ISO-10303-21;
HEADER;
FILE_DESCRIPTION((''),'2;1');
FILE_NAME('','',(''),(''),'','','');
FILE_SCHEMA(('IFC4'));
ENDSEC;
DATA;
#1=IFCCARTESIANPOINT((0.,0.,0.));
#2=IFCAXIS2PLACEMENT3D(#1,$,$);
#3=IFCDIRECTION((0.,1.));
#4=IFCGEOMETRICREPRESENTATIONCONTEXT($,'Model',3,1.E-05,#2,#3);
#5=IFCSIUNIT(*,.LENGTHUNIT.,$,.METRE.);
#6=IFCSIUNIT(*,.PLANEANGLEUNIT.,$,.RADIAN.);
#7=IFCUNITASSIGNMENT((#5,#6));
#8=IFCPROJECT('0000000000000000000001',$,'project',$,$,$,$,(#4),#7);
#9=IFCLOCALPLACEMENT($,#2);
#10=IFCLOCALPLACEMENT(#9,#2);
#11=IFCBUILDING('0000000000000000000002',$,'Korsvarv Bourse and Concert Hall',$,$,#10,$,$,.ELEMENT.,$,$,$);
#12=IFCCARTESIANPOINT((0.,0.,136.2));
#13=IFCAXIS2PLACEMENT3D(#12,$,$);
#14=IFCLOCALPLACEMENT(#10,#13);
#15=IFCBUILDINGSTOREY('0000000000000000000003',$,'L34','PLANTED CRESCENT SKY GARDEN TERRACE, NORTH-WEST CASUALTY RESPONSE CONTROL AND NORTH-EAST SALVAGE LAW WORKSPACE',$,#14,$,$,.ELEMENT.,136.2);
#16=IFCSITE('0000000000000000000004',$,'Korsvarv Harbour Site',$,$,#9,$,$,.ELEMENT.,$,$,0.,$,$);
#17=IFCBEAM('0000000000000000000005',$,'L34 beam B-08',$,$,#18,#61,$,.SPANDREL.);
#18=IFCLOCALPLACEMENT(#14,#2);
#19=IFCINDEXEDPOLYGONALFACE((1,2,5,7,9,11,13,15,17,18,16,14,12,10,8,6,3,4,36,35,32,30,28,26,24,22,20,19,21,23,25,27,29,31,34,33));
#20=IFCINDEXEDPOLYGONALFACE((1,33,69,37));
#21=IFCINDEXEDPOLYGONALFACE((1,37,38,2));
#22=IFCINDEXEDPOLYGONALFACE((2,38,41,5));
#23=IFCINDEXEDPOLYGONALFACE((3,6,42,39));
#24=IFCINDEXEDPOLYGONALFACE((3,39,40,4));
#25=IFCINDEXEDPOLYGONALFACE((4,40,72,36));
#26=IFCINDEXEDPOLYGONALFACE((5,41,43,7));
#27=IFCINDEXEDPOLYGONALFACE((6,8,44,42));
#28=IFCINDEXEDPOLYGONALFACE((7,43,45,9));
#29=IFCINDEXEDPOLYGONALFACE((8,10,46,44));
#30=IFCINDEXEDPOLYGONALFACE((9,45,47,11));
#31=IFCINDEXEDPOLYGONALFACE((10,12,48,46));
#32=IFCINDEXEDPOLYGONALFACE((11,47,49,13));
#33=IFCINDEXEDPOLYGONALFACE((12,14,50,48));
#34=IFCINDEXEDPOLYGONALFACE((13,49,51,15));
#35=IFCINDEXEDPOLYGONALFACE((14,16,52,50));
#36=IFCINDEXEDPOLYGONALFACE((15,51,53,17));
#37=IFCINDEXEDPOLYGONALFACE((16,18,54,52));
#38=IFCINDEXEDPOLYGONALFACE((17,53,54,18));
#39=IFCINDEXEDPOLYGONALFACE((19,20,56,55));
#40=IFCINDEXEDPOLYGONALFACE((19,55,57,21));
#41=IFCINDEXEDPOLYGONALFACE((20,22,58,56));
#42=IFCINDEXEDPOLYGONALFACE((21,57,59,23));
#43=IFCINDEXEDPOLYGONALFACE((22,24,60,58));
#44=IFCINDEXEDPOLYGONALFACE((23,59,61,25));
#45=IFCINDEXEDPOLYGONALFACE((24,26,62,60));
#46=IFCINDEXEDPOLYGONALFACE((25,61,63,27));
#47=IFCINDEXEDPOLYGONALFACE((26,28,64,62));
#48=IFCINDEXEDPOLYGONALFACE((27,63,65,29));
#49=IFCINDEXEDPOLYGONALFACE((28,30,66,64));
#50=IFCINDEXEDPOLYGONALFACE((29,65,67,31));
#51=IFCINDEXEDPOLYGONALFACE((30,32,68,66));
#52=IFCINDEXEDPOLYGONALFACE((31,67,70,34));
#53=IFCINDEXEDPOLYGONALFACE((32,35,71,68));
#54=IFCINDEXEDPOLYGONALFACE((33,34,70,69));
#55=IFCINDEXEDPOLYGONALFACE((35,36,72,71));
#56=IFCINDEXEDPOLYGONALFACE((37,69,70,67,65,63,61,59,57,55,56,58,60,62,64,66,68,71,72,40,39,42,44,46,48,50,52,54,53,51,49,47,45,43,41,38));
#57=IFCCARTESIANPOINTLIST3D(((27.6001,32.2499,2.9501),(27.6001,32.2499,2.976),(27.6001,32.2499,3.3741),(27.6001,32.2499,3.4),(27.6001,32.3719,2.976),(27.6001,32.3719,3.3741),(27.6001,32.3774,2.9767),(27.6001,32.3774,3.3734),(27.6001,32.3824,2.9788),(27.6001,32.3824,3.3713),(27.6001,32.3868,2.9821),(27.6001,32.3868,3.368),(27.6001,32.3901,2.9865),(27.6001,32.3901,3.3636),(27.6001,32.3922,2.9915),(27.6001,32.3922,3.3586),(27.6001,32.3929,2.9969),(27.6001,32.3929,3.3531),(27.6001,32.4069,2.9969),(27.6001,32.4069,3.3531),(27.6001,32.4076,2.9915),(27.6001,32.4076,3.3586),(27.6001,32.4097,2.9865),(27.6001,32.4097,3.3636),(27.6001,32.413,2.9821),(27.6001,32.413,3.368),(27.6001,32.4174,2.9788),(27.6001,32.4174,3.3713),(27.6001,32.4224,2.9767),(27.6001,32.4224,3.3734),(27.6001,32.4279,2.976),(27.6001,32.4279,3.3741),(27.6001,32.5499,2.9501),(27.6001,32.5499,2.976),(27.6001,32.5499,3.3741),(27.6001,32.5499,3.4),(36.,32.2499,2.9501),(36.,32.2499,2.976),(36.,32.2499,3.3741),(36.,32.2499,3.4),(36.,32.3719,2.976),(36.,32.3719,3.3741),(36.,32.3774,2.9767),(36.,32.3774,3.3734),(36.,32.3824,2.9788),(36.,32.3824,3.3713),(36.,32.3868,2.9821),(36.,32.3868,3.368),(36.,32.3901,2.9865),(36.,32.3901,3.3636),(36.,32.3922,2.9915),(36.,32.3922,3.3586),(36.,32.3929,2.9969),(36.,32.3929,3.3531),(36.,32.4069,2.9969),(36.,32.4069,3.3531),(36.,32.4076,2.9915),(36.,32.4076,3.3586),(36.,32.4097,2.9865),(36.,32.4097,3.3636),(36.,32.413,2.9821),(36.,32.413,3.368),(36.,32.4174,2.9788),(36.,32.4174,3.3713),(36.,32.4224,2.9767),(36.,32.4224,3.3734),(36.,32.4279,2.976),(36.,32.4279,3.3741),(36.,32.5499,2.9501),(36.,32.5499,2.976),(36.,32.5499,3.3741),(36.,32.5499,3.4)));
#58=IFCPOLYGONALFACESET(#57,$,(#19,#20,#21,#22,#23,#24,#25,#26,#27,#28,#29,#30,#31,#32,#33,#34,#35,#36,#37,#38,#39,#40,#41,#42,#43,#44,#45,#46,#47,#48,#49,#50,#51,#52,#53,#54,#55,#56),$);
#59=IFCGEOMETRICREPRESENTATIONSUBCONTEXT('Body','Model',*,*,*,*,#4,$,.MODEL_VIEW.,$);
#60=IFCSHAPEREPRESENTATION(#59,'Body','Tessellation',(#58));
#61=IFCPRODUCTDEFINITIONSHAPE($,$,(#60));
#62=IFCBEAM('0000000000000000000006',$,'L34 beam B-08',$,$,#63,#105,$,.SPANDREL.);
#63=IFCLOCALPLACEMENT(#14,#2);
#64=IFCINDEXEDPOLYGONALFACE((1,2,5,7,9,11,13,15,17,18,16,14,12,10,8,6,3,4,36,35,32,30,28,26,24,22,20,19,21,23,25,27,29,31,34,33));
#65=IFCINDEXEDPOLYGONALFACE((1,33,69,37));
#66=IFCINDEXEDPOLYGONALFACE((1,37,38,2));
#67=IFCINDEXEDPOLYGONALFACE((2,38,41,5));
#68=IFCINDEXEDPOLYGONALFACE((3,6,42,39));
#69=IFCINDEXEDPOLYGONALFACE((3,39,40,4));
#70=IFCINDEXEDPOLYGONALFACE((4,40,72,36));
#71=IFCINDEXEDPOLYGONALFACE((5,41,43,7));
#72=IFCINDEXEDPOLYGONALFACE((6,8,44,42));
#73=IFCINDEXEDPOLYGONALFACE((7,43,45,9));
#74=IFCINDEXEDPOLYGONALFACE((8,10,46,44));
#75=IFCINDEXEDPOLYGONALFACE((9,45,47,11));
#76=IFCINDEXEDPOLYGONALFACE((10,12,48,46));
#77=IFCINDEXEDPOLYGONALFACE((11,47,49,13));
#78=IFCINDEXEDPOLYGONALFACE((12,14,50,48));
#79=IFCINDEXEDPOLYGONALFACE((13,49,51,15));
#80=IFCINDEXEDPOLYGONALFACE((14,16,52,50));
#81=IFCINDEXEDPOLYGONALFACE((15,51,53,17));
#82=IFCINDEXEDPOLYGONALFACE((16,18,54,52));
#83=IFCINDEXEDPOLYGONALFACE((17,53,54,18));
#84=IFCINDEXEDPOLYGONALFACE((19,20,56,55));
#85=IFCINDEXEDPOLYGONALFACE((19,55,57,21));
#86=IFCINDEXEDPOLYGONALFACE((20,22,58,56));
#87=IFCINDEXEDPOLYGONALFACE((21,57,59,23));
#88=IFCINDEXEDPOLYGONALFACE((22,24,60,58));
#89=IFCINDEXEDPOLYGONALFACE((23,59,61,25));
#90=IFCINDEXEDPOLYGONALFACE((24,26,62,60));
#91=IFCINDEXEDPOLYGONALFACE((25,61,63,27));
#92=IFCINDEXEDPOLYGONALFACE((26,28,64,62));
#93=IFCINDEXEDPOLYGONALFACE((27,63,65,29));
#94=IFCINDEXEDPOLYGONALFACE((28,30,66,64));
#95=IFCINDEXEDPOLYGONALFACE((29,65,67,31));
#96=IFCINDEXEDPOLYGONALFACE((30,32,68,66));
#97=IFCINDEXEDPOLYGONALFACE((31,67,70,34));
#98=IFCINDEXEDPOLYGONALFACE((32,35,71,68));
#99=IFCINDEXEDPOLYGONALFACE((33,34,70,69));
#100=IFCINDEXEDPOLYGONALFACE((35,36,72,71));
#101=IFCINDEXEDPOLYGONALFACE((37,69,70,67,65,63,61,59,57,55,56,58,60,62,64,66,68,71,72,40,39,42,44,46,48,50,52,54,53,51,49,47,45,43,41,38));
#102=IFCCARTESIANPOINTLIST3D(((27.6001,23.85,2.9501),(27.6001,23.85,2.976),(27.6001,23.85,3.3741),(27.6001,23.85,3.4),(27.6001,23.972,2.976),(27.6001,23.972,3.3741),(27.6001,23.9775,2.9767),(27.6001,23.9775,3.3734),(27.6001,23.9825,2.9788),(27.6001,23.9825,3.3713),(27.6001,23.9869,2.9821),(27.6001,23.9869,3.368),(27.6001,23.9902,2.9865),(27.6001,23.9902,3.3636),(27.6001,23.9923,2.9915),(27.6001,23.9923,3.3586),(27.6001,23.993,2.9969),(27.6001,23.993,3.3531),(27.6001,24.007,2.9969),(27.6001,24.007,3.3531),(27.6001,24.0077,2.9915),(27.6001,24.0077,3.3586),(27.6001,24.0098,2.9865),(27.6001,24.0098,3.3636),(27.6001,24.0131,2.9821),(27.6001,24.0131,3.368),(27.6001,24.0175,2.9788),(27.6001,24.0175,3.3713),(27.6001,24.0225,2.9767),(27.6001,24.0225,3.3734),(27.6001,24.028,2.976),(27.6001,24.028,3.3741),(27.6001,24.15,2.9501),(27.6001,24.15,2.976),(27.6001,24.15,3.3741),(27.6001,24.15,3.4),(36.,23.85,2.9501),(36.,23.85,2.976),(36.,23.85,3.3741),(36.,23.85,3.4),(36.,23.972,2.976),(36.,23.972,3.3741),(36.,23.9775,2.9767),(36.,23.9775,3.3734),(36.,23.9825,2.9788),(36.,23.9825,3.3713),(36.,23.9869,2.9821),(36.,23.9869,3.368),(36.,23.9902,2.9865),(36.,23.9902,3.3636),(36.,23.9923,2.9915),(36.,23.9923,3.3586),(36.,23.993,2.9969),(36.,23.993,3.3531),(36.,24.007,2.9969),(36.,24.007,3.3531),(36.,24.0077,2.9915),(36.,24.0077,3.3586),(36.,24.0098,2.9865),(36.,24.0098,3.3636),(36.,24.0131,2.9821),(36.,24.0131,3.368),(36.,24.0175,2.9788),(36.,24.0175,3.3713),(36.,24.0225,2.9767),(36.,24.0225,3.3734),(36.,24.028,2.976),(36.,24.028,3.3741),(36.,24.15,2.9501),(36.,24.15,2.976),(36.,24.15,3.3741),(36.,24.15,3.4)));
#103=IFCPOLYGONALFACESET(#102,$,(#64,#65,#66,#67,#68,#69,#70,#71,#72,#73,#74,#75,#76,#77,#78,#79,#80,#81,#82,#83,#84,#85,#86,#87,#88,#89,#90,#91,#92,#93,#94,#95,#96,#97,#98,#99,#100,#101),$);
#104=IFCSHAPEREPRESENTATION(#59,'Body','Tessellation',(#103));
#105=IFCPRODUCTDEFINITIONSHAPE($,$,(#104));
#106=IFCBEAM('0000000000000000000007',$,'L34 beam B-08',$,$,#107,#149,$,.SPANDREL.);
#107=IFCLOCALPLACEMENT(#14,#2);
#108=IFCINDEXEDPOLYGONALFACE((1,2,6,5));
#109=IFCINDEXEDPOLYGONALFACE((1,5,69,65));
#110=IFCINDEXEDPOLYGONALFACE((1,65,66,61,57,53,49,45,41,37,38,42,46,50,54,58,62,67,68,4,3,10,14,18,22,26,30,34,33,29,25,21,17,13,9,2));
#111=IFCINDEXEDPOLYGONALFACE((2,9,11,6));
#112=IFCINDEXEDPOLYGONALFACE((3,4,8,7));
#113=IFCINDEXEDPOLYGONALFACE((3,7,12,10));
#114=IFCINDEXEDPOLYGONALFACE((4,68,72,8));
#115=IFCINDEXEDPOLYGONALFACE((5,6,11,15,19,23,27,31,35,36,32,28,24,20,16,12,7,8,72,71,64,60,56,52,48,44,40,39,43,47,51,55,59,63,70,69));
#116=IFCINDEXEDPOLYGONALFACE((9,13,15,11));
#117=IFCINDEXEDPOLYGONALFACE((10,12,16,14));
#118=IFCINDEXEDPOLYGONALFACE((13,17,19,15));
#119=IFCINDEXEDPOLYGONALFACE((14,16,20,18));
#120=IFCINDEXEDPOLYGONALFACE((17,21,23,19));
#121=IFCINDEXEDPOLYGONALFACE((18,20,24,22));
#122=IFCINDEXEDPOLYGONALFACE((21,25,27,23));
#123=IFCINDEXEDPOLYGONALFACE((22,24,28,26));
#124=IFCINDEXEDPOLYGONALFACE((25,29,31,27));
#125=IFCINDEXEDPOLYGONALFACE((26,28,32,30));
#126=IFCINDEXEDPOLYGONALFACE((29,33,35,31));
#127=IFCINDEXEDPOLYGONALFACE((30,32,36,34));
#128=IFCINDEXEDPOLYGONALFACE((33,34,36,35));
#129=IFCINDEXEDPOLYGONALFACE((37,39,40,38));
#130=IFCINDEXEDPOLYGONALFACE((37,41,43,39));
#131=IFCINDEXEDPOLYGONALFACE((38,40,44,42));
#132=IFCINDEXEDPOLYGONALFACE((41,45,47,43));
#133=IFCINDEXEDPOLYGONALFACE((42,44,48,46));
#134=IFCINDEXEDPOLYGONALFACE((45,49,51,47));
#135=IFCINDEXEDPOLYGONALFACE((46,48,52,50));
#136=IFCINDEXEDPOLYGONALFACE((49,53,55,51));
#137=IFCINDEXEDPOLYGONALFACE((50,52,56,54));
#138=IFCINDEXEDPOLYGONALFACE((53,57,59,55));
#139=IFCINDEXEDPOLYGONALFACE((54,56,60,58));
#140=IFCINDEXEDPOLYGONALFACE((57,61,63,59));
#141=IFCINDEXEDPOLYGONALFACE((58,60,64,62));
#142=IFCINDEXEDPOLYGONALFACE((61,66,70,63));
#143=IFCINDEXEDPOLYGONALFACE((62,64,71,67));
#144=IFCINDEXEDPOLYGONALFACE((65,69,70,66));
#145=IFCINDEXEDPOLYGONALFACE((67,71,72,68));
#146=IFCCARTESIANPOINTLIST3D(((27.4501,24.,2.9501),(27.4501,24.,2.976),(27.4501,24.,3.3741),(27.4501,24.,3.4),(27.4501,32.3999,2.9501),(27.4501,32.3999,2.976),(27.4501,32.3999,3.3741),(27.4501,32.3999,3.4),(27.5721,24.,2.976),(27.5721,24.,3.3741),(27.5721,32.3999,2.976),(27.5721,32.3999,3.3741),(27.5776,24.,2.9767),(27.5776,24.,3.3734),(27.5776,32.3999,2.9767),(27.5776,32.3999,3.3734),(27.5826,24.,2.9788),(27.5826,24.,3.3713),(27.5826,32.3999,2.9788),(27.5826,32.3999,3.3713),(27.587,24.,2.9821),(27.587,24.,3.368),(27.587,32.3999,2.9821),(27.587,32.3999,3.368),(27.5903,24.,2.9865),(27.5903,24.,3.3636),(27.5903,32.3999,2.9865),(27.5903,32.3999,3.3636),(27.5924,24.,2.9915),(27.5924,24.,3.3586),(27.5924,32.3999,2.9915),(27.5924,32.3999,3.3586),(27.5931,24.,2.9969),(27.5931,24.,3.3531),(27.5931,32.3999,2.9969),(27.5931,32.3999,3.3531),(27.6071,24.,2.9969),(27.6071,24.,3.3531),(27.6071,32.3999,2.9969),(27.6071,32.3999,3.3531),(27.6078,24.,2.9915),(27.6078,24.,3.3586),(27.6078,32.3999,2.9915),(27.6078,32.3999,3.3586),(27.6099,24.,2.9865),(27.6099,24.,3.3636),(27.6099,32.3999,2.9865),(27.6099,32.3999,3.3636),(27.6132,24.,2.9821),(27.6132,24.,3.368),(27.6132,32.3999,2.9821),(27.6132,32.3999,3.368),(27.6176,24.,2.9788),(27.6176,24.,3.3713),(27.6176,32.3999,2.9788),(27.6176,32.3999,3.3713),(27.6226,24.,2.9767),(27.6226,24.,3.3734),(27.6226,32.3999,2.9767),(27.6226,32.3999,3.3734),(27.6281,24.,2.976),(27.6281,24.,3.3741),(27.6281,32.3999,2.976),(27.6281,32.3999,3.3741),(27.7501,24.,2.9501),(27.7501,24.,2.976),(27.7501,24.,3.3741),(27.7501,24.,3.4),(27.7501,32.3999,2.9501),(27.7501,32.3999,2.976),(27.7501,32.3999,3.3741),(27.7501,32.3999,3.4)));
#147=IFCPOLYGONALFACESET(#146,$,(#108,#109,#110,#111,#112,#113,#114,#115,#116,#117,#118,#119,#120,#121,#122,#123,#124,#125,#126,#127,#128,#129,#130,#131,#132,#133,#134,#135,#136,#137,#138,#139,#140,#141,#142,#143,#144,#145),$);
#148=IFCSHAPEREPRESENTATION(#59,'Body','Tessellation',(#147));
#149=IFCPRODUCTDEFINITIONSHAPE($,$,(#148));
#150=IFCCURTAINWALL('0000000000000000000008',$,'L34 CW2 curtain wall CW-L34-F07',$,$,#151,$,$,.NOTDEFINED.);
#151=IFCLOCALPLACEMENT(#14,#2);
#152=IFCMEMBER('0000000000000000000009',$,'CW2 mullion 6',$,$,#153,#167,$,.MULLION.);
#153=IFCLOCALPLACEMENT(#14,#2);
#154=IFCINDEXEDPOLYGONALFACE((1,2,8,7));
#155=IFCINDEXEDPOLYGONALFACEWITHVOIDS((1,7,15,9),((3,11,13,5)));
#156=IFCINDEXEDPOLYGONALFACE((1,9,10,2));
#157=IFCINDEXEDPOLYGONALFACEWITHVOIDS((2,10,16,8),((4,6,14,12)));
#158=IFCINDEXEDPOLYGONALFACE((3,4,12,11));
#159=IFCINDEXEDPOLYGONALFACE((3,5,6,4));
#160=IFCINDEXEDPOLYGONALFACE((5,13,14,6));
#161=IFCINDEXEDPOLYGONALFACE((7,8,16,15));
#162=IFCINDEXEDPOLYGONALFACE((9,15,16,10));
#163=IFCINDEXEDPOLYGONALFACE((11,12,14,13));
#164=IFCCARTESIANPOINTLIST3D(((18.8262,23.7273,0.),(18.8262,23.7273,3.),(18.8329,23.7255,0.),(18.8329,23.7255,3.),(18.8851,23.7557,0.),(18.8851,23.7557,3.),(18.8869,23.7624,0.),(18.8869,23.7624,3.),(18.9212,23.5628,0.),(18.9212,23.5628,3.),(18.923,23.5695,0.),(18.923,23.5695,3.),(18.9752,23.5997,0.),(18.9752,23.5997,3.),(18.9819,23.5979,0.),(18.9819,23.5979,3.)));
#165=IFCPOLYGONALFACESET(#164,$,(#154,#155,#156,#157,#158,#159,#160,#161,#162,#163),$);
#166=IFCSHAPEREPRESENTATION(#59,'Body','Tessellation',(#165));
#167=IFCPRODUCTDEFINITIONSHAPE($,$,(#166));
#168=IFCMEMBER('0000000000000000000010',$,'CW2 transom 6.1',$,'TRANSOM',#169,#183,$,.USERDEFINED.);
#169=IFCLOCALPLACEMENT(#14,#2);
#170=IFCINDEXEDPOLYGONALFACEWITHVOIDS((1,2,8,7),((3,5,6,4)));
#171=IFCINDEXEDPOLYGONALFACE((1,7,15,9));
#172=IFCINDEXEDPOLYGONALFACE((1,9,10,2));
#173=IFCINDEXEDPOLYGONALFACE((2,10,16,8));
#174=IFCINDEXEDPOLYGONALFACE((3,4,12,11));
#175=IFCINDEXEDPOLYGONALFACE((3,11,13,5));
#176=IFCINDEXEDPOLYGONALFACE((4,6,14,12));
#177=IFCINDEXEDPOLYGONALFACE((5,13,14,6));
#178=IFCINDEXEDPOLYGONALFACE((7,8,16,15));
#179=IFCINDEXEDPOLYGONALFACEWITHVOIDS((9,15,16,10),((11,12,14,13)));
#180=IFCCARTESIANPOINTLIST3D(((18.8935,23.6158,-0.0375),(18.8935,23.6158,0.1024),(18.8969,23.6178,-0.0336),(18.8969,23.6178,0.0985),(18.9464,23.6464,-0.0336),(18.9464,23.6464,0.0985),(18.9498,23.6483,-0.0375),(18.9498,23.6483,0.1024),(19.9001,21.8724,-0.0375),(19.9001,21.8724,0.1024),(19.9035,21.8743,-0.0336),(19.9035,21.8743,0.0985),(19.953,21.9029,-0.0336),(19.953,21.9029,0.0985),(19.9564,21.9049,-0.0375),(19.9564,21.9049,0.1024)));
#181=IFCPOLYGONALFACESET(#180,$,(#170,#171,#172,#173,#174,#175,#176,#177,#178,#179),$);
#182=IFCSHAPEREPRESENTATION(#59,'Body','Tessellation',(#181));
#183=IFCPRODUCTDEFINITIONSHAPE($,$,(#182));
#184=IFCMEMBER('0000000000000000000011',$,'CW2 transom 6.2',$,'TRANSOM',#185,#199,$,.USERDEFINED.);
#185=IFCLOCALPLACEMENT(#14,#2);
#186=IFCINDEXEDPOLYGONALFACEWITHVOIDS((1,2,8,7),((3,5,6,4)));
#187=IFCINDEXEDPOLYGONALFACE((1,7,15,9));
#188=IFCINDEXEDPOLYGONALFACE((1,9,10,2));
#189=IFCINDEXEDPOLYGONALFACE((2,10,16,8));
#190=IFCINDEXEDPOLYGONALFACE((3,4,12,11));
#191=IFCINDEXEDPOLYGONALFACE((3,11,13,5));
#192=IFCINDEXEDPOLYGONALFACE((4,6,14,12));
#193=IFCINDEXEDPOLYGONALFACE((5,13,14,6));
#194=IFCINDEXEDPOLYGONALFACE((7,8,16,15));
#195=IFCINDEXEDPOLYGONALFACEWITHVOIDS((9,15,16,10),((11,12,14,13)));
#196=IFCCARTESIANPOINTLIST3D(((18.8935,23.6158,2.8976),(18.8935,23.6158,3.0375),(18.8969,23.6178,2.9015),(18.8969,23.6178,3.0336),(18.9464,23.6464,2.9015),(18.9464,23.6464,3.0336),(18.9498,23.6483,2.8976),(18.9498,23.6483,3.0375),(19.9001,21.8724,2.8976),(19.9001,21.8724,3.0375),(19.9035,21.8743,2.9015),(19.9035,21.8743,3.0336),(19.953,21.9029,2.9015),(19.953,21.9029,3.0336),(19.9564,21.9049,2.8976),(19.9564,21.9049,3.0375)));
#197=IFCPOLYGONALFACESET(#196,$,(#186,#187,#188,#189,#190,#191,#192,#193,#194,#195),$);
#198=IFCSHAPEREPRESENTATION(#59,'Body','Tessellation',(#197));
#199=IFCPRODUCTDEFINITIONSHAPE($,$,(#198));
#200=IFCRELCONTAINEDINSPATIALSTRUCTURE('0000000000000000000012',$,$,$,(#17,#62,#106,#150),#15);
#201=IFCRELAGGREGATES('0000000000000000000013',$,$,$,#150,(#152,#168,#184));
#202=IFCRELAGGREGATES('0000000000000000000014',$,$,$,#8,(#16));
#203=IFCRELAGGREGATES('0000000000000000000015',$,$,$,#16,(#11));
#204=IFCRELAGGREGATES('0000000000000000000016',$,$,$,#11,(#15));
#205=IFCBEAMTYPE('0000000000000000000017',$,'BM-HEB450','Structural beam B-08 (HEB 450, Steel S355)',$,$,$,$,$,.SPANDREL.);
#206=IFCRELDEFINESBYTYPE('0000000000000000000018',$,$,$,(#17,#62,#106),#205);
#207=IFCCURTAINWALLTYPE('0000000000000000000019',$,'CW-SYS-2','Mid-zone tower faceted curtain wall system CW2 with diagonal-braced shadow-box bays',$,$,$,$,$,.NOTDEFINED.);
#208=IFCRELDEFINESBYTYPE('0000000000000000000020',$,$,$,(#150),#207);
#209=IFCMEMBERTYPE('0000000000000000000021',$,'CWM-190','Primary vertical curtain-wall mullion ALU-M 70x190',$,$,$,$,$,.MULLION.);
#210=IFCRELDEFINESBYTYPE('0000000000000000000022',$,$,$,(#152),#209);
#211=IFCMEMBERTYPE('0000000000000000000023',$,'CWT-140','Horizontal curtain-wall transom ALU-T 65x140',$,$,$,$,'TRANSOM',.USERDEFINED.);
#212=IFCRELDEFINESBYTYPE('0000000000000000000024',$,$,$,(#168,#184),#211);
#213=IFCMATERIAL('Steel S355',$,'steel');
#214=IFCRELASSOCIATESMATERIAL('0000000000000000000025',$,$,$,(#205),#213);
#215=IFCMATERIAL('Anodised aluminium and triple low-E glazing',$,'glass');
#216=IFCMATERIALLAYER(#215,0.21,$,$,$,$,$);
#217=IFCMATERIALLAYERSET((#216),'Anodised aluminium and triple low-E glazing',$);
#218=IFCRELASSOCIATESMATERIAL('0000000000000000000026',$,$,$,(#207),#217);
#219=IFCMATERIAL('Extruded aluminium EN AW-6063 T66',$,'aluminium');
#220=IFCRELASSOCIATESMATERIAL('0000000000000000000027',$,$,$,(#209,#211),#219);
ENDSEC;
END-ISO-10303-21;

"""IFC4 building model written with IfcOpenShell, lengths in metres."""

from ifc_helpers import new_model, si_unit, direction, frame, origin, origin_2d, place, context, subcontext, project, spatial, hollow_rectangle, i_section, extrude, source, transform, mapped, material, layer, layer_set, material_profile, profile_set, type_object, element, aggregate, save


model = new_model("IFC4")

# Units and contexts
model_context = context("Model", 3, precision=1e-05, world=origin(), true_north=direction((0.0, 1.0)))
body_context = subcontext(model_context, "Body", "Model", "MODEL_VIEW")
ifc_project = project(units=[si_unit("LENGTHUNIT", "METRE"), si_unit("PLANEANGLEUNIT", "RADIAN")], contexts=[model_context])

# Site, building, storey
site_placement = place(None, origin())
site = spatial("IfcSite", under=ifc_project, at=site_placement, Name="Korsvarv Harbour Site", CompositionType="ELEMENT", RefElevation=0.0)
building_placement = place(site_placement, origin())
building = spatial("IfcBuilding", under=site, at=building_placement, Name="Korsvarv Bourse and Concert Hall", CompositionType="ELEMENT")
storey_placement = place(building_placement, frame((0.0, 0.0, 136.2)))
storey = spatial("IfcBuildingStorey", under=building, at=storey_placement, Name="L34", Description="PLANTED CRESCENT SKY GARDEN TERRACE, NORTH-WEST CASUALTY RESPONSE CONTROL AND NORTH-EAST SALVAGE LAW WORKSPACE", CompositionType="ELEMENT", Elevation=136.2)

# Shared definitions
ifc_material_1 = material(Name="Steel S355", Category="steel")

# Beams
ifc_material_profile_1 = material_profile(ifc_material_1, i_section(OverallWidth=0.3, OverallDepth=0.45, WebThickness=0.0139, FlangeThickness=0.0259, FilletRadius=0.021, at=origin_2d()), Name="HEB 450")
ifc_profile_set_1 = profile_set([ifc_material_profile_1], Name="Steel S355")
beam_type_1 = type_object("IfcBeamType", Name="BM-HEB450", Description="Structural beam B-08 (HEB 450, Steel S355)", PredefinedType="SPANDREL", material=ifc_profile_set_1)
shared_shape_1 = source(origin(), body_context, "Body", "SweptSolid", [
    extrude(i_section(OverallWidth=0.3, OverallDepth=0.45, WebThickness=0.0139, FlangeThickness=0.0259, FilletRadius=0.021, at=origin_2d()), origin(), (0.0, 0.0, 1.0), 8.3999),
])
for number, where, z_axis, x_axis, name in (
    (1, (27.6001, 32.3999, 3.175), (1.0, 0.0, 0.0), (0.0, 1.0, 0.0), "L34 beam B-08"),
    (2, (27.6001, 24.0, 3.175), (1.0, 0.0, 0.0), (0.0, 1.0, 0.0), "L34 beam B-08"),
    (3, (27.6001, 24.0, 3.175), (0.0, 1.0, 0.0), (-1.0, 0.0, 0.0), "L34 beam B-08"),
):
    element("IfcBeam", number, at=place(storey_placement, frame(where, z_axis=z_axis, x_axis=x_axis)), inside=storey, type_object=beam_type_1, Name=name, PredefinedType="SPANDREL", context=body_context, shape_type="MappedRepresentation", body=[
        mapped(shared_shape_1, transform((0.0, 0.0, 0.0), scale=1.0)),
    ])

# Curtain wall, members
ifc_material_2 = material(Name="Anodised aluminium and triple low-E glazing", Category="glass")
ifc_layer_1 = layer(ifc_material_2, 0.21)
ifc_layer_set_1 = layer_set([ifc_layer_1], Name="Anodised aluminium and triple low-E glazing")
curtain_wall_type = type_object("IfcCurtainWallType", Name="CW-SYS-2", Description="Mid-zone tower faceted curtain wall system CW2 with diagonal-braced shadow-box bays", PredefinedType="NOTDEFINED", material=ifc_layer_set_1)
curtain_wall_placement = place(storey_placement, origin())
curtain_wall = element("IfcCurtainWall", 4, at=curtain_wall_placement, inside=storey, type_object=curtain_wall_type, Name="L34 CW2 curtain wall CW-L34-F07", PredefinedType="NOTDEFINED")
ifc_material_3 = material(Name="Extruded aluminium EN AW-6063 T66", Category="aluminium")
ifc_material_profile_2 = material_profile(ifc_material_3, hollow_rectangle(XDim=0.0701, YDim=0.1899, WallThickness=0.0049, at=origin_2d()), Name="ALU-M 70x190")
ifc_profile_set_2 = profile_set([ifc_material_profile_2], Name="Extruded aluminium EN AW-6063 T66")
member_type_1 = type_object("IfcMemberType", Name="CWM-190", Description="Primary vertical curtain-wall mullion ALU-M 70x190", PredefinedType="MULLION", material=ifc_profile_set_2)
shared_shape_2 = source(origin(), body_context, "Body", "SweptSolid", [
    extrude(hollow_rectangle(XDim=0.0701, YDim=0.1899, WallThickness=0.0049, at=origin_2d()), origin(), (0.0, 0.0, 1.0), 3.0),
])
member_1_placement = place(storey_placement, frame((18.9041, 23.6626, 0.0), z_axis=(0.0, 0.0, 1.0), x_axis=(0.866025, 0.5, 0.0)))
member_1 = element("IfcMember", 5, at=member_1_placement, type_object=member_type_1, Name="CW2 mullion 6", PredefinedType="MULLION", context=body_context, shape_type="MappedRepresentation", body=[
    mapped(shared_shape_2, transform((0.0, 0.0, 0.0), scale=1.0)),
])
ifc_material_profile_3 = material_profile(ifc_material_3, hollow_rectangle(XDim=0.0649, YDim=0.1399, WallThickness=0.0039, at=origin_2d()), Name="ALU-T 65x140")
ifc_profile_set_3 = profile_set([ifc_material_profile_3], Name="Extruded aluminium EN AW-6063 T66")
member_type_2 = type_object("IfcMemberType", Name="CWT-140", Description="Horizontal curtain-wall transom ALU-T 65x140", ElementType="TRANSOM", PredefinedType="USERDEFINED", material=ifc_profile_set_3)
shared_shape_3 = source(origin(), body_context, "Body", "SweptSolid", [
    extrude(hollow_rectangle(XDim=0.0649, YDim=0.1399, WallThickness=0.0039, at=origin_2d()), origin(), (0.0, 0.0, 1.0), 2.0132),
])
member_2_placement = place(storey_placement, frame((18.9216, 23.6321, 0.0325), z_axis=(0.500013, -0.866018, 0.0), x_axis=(0.866018, 0.500013, 0.0)))
member_2 = element("IfcMember", 6, at=member_2_placement, type_object=member_type_2, Name="CW2 transom 6.1", ObjectType="TRANSOM", PredefinedType="USERDEFINED", context=body_context, shape_type="MappedRepresentation", body=[
    mapped(shared_shape_3, transform((0.0, 0.0, 0.0), scale=1.0)),
])
member_3_placement = place(storey_placement, frame((18.9216, 23.6321, 2.9675), z_axis=(0.500013, -0.866018, 0.0), x_axis=(0.866018, 0.500013, 0.0)))
member_3 = element("IfcMember", 7, at=member_3_placement, type_object=member_type_2, Name="CW2 transom 6.2", ObjectType="TRANSOM", PredefinedType="USERDEFINED", context=body_context, shape_type="MappedRepresentation", body=[
    mapped(shared_shape_3, transform((0.0, 0.0, 0.0), scale=1.0)),
])
aggregate(curtain_wall, [member_1, member_2, member_3])

save(model, "model.ifc")
